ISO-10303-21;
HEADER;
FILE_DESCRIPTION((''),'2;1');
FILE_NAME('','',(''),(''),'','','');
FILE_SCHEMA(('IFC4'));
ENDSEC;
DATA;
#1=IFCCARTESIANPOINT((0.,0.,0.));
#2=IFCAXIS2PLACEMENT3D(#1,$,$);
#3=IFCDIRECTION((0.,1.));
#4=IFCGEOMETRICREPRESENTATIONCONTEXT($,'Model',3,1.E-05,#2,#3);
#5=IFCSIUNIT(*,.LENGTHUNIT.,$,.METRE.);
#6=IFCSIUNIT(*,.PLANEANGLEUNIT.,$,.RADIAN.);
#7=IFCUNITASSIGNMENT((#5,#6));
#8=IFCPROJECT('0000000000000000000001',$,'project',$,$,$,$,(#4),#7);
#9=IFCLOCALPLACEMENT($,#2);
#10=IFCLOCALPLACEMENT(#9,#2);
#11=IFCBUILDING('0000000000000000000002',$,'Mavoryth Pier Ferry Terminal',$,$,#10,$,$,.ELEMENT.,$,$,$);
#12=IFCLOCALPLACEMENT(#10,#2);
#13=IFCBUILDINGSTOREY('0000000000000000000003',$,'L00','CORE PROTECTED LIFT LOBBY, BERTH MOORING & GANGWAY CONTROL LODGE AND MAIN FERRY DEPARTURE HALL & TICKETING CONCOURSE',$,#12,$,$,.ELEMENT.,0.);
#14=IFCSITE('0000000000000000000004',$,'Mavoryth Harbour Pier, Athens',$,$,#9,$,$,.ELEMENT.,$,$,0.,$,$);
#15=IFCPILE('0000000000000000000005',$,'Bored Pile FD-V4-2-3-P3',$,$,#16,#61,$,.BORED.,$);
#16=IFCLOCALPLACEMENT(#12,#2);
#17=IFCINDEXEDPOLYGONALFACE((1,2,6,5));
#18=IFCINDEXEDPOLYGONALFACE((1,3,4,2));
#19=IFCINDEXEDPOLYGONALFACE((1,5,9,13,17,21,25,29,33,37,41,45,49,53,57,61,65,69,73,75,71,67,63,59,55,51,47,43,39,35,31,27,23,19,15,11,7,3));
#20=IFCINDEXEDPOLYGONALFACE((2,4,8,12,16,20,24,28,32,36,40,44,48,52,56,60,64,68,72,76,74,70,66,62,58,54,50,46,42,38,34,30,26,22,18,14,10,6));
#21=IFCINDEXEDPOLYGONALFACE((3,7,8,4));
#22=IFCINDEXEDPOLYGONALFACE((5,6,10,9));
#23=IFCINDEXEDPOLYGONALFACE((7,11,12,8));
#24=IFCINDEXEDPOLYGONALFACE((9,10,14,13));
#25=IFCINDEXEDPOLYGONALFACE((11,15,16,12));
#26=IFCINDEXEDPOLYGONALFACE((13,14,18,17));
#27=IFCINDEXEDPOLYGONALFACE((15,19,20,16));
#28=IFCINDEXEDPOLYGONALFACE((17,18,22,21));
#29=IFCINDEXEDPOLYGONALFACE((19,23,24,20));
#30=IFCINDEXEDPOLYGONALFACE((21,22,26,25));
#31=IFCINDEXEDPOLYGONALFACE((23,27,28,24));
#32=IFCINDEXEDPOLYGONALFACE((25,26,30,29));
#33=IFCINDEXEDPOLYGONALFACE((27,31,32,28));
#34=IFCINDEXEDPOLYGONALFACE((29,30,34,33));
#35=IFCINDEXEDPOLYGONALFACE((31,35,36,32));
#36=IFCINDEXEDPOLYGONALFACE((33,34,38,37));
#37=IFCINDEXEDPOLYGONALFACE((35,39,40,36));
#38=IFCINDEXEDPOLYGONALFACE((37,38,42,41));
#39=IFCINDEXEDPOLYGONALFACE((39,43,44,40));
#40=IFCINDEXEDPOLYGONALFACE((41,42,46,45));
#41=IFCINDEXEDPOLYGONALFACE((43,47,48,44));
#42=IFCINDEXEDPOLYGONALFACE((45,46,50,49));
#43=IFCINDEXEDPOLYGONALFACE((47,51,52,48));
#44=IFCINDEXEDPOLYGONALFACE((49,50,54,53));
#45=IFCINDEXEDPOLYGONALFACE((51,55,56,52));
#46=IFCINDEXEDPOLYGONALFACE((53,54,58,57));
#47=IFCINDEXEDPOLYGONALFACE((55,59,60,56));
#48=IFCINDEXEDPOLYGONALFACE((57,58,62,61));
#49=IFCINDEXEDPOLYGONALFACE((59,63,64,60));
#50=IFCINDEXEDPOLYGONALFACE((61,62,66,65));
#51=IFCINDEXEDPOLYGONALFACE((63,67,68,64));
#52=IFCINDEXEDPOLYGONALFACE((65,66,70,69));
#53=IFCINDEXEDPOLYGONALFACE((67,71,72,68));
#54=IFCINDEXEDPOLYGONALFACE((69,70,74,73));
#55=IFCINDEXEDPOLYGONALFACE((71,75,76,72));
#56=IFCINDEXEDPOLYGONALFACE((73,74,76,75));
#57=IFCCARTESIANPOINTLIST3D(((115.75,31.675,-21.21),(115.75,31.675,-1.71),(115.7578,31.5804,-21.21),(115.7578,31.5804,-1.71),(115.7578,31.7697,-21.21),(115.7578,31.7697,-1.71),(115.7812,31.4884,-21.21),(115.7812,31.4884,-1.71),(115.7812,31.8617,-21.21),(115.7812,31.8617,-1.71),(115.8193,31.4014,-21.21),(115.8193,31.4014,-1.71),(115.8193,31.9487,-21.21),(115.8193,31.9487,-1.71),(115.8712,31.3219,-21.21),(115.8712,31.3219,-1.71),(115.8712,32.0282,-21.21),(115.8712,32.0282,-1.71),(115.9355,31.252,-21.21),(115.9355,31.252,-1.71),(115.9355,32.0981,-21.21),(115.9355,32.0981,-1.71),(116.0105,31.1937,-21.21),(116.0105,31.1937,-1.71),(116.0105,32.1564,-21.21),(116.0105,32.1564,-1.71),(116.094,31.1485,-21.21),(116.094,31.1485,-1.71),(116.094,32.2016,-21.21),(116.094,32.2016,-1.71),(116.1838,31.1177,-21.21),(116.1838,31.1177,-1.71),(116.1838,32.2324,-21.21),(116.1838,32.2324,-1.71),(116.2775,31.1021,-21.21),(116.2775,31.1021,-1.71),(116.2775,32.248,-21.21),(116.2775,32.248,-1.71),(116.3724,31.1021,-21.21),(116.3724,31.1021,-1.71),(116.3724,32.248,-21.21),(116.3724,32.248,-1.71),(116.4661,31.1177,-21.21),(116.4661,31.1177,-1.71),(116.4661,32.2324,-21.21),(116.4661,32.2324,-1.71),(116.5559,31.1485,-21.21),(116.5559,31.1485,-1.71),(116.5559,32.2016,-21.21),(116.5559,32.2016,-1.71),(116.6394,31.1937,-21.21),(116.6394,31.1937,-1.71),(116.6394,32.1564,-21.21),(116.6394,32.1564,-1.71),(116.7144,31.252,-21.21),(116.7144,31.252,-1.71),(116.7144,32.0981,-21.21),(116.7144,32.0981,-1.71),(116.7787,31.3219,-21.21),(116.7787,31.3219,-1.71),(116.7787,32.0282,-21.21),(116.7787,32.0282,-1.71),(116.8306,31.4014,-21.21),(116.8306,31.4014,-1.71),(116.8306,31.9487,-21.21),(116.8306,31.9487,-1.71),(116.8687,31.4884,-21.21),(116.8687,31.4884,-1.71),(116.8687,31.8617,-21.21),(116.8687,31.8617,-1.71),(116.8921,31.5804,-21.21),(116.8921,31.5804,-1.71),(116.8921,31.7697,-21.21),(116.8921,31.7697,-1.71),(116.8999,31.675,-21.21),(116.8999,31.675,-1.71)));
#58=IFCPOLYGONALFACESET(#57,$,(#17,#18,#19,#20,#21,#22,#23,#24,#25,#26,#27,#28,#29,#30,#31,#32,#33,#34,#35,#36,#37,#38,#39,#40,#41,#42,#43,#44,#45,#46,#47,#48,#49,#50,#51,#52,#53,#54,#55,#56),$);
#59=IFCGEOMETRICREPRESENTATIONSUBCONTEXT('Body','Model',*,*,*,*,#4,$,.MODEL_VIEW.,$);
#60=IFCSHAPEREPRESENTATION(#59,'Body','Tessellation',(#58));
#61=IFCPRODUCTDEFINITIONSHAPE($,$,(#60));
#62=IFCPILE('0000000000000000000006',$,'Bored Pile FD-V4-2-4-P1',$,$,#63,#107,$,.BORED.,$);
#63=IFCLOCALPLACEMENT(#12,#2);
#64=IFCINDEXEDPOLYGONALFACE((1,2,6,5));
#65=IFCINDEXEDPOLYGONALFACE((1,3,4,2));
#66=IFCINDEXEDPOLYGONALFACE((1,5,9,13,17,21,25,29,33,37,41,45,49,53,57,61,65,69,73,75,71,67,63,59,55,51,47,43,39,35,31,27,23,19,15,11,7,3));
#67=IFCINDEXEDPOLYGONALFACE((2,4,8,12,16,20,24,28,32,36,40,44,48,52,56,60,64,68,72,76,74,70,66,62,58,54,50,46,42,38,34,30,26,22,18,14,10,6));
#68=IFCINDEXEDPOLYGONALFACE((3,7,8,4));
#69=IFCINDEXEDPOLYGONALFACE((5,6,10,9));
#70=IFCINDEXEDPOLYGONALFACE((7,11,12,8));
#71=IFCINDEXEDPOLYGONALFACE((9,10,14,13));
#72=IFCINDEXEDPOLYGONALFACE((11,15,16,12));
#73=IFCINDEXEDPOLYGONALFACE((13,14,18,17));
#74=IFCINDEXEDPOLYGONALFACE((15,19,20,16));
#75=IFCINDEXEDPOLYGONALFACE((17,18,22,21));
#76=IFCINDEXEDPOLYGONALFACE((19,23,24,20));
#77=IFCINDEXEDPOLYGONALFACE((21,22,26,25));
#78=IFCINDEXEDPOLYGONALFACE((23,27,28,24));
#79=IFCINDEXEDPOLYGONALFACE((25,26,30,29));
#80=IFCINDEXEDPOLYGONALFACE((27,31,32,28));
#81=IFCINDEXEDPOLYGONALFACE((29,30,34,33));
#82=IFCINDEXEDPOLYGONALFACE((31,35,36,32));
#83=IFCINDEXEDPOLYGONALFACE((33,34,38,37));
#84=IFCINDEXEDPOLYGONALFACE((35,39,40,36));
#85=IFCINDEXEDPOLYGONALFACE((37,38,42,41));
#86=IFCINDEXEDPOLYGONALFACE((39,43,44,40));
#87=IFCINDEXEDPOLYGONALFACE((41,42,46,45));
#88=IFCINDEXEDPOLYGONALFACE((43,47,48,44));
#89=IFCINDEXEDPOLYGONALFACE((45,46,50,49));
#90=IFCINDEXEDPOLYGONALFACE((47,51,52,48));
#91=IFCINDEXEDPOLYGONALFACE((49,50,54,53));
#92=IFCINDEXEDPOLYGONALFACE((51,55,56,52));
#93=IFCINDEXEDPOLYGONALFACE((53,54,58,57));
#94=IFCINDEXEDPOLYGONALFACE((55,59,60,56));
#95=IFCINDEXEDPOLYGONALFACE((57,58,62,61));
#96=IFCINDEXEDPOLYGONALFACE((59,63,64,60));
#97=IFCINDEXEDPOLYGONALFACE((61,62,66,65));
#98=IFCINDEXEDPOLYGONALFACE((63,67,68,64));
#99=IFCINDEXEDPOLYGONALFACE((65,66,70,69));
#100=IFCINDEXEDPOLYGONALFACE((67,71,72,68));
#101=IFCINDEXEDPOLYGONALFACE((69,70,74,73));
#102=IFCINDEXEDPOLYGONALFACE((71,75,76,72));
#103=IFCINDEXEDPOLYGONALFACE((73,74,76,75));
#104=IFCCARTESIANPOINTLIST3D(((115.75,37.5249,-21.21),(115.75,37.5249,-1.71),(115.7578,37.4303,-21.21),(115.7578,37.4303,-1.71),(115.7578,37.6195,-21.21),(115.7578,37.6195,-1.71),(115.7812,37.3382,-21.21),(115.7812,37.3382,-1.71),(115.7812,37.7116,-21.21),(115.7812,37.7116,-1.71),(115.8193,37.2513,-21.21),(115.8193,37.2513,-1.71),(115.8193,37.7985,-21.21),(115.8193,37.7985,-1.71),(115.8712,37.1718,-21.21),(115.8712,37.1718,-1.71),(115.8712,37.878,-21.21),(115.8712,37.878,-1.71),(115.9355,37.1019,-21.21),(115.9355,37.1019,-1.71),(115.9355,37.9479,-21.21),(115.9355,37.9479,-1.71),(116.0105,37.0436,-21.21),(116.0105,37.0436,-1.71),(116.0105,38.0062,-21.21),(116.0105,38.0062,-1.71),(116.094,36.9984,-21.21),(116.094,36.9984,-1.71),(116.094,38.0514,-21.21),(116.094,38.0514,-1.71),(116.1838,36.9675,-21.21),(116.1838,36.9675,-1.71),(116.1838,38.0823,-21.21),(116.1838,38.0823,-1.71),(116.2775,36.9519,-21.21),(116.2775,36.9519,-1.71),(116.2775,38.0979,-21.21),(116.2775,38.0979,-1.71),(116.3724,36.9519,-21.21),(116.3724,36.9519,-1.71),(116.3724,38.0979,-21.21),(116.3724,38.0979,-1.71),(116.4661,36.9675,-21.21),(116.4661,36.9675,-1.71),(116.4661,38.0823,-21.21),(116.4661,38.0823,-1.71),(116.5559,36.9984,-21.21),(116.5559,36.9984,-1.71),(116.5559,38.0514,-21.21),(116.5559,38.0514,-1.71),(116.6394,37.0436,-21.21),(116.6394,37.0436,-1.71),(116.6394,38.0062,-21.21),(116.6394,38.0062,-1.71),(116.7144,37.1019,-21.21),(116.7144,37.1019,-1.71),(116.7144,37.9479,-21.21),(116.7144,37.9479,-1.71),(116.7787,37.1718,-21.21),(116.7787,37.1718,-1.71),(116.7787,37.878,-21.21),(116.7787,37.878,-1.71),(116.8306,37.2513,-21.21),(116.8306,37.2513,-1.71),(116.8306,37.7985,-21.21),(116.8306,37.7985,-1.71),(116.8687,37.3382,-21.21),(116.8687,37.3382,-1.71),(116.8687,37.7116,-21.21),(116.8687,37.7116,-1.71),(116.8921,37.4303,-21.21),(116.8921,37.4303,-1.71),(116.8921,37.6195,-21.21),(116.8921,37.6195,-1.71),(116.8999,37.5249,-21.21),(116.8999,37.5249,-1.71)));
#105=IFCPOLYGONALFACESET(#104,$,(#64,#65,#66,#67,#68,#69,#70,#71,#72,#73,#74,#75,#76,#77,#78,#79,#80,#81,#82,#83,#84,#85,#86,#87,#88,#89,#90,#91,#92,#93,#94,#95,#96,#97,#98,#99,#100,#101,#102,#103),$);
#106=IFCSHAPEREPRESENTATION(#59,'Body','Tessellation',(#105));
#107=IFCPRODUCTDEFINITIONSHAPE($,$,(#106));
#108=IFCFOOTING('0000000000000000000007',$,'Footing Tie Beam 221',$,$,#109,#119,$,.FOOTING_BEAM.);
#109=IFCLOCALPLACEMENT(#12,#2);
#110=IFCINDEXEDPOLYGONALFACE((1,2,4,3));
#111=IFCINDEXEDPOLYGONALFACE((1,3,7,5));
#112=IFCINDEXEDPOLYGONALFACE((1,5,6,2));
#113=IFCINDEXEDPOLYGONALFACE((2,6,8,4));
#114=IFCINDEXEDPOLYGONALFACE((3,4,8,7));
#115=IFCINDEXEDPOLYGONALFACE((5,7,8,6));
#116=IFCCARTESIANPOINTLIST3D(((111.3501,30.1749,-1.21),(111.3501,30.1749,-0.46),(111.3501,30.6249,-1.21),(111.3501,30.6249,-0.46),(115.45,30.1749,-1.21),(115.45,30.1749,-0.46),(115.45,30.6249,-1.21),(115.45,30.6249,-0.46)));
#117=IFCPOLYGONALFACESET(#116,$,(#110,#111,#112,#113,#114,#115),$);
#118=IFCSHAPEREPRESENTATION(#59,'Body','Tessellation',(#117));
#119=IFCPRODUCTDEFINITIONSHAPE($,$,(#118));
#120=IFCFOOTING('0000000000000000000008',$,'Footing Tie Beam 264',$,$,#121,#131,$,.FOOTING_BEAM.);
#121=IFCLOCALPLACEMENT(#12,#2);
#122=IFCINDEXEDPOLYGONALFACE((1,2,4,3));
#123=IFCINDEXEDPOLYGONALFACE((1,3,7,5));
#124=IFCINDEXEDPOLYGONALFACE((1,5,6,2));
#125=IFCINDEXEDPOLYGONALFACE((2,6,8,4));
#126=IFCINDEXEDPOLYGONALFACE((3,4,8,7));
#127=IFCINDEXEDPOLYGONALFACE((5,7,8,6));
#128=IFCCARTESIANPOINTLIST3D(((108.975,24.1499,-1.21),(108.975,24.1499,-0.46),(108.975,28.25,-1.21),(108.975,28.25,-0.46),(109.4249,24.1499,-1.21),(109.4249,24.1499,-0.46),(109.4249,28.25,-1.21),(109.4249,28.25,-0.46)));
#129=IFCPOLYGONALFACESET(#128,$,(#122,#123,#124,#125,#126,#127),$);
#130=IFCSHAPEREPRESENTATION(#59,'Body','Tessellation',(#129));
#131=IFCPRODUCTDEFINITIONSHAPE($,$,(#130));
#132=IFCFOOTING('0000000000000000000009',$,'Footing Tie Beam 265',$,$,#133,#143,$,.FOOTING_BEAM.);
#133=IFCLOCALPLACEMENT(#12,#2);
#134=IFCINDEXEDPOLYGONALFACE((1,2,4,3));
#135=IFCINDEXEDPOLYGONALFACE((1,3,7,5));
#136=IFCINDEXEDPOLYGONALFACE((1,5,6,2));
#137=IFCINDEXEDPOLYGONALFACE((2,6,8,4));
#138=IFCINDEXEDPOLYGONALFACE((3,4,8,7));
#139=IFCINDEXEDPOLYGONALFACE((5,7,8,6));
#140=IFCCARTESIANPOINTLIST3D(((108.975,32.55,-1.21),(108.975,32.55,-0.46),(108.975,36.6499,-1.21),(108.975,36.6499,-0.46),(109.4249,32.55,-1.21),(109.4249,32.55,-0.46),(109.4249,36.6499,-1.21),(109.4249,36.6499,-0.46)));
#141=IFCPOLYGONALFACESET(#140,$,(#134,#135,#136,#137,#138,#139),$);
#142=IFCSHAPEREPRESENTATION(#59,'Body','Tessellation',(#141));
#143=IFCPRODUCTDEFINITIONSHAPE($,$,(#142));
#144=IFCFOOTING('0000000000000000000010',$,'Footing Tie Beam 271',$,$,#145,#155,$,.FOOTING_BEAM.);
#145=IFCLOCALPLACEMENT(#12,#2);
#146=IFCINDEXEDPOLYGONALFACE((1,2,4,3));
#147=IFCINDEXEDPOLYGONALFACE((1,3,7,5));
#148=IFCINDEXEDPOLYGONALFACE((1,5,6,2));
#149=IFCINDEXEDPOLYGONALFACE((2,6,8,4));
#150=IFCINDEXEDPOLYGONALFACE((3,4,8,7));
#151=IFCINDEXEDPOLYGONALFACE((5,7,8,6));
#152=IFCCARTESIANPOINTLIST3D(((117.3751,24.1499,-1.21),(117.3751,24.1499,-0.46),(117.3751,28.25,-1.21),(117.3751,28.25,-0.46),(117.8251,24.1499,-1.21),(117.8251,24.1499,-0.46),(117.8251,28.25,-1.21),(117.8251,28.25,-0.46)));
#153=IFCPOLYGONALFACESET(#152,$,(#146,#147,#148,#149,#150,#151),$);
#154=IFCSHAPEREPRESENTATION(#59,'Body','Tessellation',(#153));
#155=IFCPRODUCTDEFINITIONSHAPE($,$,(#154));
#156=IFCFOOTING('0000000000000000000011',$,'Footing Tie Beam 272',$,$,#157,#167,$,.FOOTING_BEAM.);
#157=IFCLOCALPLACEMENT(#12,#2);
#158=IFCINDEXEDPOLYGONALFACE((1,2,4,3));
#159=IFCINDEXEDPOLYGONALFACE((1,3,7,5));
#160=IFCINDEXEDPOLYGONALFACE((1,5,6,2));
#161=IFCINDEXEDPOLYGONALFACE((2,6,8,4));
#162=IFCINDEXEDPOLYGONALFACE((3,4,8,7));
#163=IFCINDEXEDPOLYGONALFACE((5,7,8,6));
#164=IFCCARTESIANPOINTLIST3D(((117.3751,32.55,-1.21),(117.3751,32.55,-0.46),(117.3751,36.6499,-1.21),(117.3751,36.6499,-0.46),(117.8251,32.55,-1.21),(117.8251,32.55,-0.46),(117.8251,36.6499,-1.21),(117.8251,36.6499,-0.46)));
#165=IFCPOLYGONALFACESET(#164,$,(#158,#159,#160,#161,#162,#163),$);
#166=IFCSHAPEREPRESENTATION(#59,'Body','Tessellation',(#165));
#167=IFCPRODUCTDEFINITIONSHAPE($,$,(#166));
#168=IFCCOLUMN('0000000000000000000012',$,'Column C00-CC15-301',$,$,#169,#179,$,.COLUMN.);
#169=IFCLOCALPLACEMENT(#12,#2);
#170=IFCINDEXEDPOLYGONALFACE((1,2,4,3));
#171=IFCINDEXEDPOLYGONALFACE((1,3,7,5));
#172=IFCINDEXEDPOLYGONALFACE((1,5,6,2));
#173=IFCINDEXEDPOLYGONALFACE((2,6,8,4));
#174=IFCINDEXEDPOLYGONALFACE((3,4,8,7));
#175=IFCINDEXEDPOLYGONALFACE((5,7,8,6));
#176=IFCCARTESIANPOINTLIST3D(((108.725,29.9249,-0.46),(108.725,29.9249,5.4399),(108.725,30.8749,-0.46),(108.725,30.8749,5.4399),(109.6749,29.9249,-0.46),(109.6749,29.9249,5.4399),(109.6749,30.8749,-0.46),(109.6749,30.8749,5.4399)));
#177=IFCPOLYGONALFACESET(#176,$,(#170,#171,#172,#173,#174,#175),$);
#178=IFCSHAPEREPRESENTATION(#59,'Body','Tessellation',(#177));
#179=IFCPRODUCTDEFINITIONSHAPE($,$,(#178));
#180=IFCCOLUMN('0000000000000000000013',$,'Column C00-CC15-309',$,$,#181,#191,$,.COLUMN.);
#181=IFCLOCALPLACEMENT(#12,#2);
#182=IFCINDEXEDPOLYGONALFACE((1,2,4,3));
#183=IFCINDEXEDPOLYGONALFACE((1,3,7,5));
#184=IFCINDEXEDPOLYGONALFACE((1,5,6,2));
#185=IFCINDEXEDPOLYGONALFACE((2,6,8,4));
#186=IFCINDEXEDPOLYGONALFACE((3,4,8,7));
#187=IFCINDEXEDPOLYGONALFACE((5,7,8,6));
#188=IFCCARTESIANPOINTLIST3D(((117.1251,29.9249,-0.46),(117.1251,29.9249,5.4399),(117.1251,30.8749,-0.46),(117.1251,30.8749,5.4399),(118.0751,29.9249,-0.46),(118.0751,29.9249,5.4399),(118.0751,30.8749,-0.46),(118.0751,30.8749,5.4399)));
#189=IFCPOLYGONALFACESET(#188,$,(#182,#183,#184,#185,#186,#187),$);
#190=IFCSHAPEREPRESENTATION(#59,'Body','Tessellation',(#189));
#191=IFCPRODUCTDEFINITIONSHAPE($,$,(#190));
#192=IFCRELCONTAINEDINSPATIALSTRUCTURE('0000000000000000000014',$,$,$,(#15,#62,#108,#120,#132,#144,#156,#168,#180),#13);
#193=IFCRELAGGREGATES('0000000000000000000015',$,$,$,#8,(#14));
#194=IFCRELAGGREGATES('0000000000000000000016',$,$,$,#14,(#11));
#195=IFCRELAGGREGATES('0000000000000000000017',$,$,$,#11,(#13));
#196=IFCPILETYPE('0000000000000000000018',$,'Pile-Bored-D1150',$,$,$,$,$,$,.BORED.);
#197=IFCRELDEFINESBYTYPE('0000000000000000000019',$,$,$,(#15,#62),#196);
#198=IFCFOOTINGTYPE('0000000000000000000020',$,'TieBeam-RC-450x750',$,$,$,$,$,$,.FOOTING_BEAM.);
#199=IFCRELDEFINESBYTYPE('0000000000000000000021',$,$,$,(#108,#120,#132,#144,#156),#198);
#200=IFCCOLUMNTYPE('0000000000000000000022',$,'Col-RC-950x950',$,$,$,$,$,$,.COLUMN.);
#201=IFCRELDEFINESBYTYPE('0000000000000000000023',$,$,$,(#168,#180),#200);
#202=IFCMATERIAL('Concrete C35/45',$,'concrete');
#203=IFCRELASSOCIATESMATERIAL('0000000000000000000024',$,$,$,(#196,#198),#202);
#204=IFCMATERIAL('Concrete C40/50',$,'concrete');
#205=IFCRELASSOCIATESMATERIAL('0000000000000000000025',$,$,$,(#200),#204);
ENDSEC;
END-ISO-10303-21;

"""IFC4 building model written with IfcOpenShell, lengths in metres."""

from ifc_helpers import new_model, si_unit, direction, frame, origin, origin_2d, place, context, subcontext, project, spatial, rectangle, circle, extrude, material, material_profile, profile_set, type_object, element, save


model = new_model("IFC4")

# Units and contexts
model_context = context("Model", 3, precision=1e-05, world=origin(), true_north=direction((0.0, 1.0)))
body_context = subcontext(model_context, "Body", "Model", "MODEL_VIEW")
ifc_project = project(units=[si_unit("LENGTHUNIT", "METRE"), si_unit("PLANEANGLEUNIT", "RADIAN")], contexts=[model_context])

# Site, building, storey
site_placement = place(None, origin())
site = spatial("IfcSite", under=ifc_project, at=site_placement, Name="Mavoryth Harbour Pier, Athens", CompositionType="ELEMENT", RefElevation=0.0)
building_placement = place(site_placement, origin())
building = spatial("IfcBuilding", under=site, at=building_placement, Name="Mavoryth Pier Ferry Terminal", CompositionType="ELEMENT")
storey_placement = place(building_placement, origin())
storey = spatial("IfcBuildingStorey", under=building, at=storey_placement, Name="L00", Description="CORE PROTECTED LIFT LOBBY, BERTH MOORING & GANGWAY CONTROL LODGE AND MAIN FERRY DEPARTURE HALL & TICKETING CONCOURSE", CompositionType="ELEMENT", Elevation=0.0)

# Shared definitions
ifc_material_1 = material(Name="Concrete C35/45", Category="concrete")

# Piles
ifc_material_profile_1 = material_profile(ifc_material_1, circle(Radius=0.575, at=origin_2d()), Name="PILE D1150", Category="concrete")
ifc_profile_set_1 = profile_set([ifc_material_profile_1], Name="Concrete C35/45 - PILE D1150")
pile_type = type_object("IfcPileType", Name="Pile-Bored-D1150", PredefinedType="BORED", material=ifc_profile_set_1)
for number, where, z_axis, x_axis, name in (
    (1, (116.325, 31.675, -1.71), (0.0, 0.0, -1.0), (1.0, 0.0, 0.0), "Bored Pile FD-V4-2-3-P3"),
    (2, (116.325, 37.5249, -1.71), (0.0, 0.0, -1.0), (1.0, 0.0, 0.0), "Bored Pile FD-V4-2-4-P1"),
):
    element("IfcPile", number, at=place(storey_placement, frame(where, z_axis=z_axis, x_axis=x_axis)), inside=storey, type_object=pile_type, Name=name, PredefinedType="BORED", context=body_context, shape_type="SweptSolid", body=[
        extrude(circle(Radius=0.575, at=origin_2d()), origin(), (0.0, 0.0, 1.0), 19.5),
    ])

# Footings
ifc_material_profile_2 = material_profile(ifc_material_1, rectangle(XDim=0.45, YDim=0.75, at=origin_2d()), Name="RC 450x750", Category="concrete")
ifc_profile_set_2 = profile_set([ifc_material_profile_2], Name="Concrete C35/45 - RC 450x750")
footing_type_1 = type_object("IfcFootingType", Name="TieBeam-RC-450x750", PredefinedType="FOOTING_BEAM", material=ifc_profile_set_2)
footing_1_placement = place(storey_placement, frame((111.3501, 30.3999, -0.835), z_axis=(1.0, 0.0, 0.0), x_axis=(0.0, 1.0, 0.0)))
element("IfcFooting", 3, at=footing_1_placement, inside=storey, type_object=footing_type_1, Name="Footing Tie Beam 221", PredefinedType="FOOTING_BEAM", context=body_context, shape_type="SweptSolid", body=[
    extrude(rectangle(XDim=0.45, YDim=0.75, at=origin_2d()), origin(), (0.0, 0.0, 1.0), 4.0999),
])
footing_2_placement = place(storey_placement, frame((109.2, 24.1499, -0.835), z_axis=(0.0, 1.0, 0.0), x_axis=(-1.0, 0.0, 0.0)))
element("IfcFooting", 4, at=footing_2_placement, inside=storey, type_object=footing_type_1, Name="Footing Tie Beam 264", PredefinedType="FOOTING_BEAM", context=body_context, shape_type="SweptSolid", body=[
    extrude(rectangle(XDim=0.45, YDim=0.75, at=origin_2d()), origin(), (0.0, 0.0, 1.0), 4.1001),
])
footing_3_placement = place(storey_placement, frame((109.2, 32.55, -0.835), z_axis=(0.0, 1.0, 0.0), x_axis=(-1.0, 0.0, 0.0)))
element("IfcFooting", 5, at=footing_3_placement, inside=storey, type_object=footing_type_1, Name="Footing Tie Beam 265", PredefinedType="FOOTING_BEAM", context=body_context, shape_type="SweptSolid", body=[
    extrude(rectangle(XDim=0.45, YDim=0.75, at=origin_2d()), origin(), (0.0, 0.0, 1.0), 4.0999),
])
footing_4_placement = place(storey_placement, frame((117.6001, 24.1499, -0.835), z_axis=(0.0, 1.0, 0.0), x_axis=(-1.0, 0.0, 0.0)))
element("IfcFooting", 6, at=footing_4_placement, inside=storey, type_object=footing_type_1, Name="Footing Tie Beam 271", PredefinedType="FOOTING_BEAM", context=body_context, shape_type="SweptSolid", body=[
    extrude(rectangle(XDim=0.45, YDim=0.75, at=origin_2d()), origin(), (0.0, 0.0, 1.0), 4.1001),
])
footing_5_placement = place(storey_placement, frame((117.6001, 32.55, -0.835), z_axis=(0.0, 1.0, 0.0), x_axis=(-1.0, 0.0, 0.0)))
element("IfcFooting", 7, at=footing_5_placement, inside=storey, type_object=footing_type_1, Name="Footing Tie Beam 272", PredefinedType="FOOTING_BEAM", context=body_context, shape_type="SweptSolid", body=[
    extrude(rectangle(XDim=0.45, YDim=0.75, at=origin_2d()), origin(), (0.0, 0.0, 1.0), 4.0999),
])

# Columns
ifc_material_2 = material(Name="Concrete C40/50", Category="concrete")
ifc_material_profile_3 = material_profile(ifc_material_2, rectangle(XDim=0.95, YDim=0.95, at=origin_2d()), Name="RC 950x950", Category="concrete")
ifc_profile_set_3 = profile_set([ifc_material_profile_3], Name="Concrete C40/50 - RC 950x950")
column_type = type_object("IfcColumnType", Name="Col-RC-950x950", PredefinedType="COLUMN", material=ifc_profile_set_3)
for number, where, z_axis, x_axis, name in (
    (8, (109.2, 30.3999, -0.46), (0.0, 0.0, 1.0), (1.0, 0.0, 0.0), "Column C00-CC15-301"),
    (9, (117.6001, 30.3999, -0.46), (0.0, 0.0, 1.0), (1.0, 0.0, 0.0), "Column C00-CC15-309"),
):
    element("IfcColumn", number, at=place(storey_placement, frame(where, z_axis=z_axis, x_axis=x_axis)), inside=storey, type_object=column_type, Name=name, PredefinedType="COLUMN", context=body_context, shape_type="SweptSolid", body=[
        extrude(rectangle(XDim=0.95, YDim=0.95, at=origin_2d()), origin(), (0.0, 0.0, 1.0), 5.8999),
    ])

save(model, "model.ifc")
